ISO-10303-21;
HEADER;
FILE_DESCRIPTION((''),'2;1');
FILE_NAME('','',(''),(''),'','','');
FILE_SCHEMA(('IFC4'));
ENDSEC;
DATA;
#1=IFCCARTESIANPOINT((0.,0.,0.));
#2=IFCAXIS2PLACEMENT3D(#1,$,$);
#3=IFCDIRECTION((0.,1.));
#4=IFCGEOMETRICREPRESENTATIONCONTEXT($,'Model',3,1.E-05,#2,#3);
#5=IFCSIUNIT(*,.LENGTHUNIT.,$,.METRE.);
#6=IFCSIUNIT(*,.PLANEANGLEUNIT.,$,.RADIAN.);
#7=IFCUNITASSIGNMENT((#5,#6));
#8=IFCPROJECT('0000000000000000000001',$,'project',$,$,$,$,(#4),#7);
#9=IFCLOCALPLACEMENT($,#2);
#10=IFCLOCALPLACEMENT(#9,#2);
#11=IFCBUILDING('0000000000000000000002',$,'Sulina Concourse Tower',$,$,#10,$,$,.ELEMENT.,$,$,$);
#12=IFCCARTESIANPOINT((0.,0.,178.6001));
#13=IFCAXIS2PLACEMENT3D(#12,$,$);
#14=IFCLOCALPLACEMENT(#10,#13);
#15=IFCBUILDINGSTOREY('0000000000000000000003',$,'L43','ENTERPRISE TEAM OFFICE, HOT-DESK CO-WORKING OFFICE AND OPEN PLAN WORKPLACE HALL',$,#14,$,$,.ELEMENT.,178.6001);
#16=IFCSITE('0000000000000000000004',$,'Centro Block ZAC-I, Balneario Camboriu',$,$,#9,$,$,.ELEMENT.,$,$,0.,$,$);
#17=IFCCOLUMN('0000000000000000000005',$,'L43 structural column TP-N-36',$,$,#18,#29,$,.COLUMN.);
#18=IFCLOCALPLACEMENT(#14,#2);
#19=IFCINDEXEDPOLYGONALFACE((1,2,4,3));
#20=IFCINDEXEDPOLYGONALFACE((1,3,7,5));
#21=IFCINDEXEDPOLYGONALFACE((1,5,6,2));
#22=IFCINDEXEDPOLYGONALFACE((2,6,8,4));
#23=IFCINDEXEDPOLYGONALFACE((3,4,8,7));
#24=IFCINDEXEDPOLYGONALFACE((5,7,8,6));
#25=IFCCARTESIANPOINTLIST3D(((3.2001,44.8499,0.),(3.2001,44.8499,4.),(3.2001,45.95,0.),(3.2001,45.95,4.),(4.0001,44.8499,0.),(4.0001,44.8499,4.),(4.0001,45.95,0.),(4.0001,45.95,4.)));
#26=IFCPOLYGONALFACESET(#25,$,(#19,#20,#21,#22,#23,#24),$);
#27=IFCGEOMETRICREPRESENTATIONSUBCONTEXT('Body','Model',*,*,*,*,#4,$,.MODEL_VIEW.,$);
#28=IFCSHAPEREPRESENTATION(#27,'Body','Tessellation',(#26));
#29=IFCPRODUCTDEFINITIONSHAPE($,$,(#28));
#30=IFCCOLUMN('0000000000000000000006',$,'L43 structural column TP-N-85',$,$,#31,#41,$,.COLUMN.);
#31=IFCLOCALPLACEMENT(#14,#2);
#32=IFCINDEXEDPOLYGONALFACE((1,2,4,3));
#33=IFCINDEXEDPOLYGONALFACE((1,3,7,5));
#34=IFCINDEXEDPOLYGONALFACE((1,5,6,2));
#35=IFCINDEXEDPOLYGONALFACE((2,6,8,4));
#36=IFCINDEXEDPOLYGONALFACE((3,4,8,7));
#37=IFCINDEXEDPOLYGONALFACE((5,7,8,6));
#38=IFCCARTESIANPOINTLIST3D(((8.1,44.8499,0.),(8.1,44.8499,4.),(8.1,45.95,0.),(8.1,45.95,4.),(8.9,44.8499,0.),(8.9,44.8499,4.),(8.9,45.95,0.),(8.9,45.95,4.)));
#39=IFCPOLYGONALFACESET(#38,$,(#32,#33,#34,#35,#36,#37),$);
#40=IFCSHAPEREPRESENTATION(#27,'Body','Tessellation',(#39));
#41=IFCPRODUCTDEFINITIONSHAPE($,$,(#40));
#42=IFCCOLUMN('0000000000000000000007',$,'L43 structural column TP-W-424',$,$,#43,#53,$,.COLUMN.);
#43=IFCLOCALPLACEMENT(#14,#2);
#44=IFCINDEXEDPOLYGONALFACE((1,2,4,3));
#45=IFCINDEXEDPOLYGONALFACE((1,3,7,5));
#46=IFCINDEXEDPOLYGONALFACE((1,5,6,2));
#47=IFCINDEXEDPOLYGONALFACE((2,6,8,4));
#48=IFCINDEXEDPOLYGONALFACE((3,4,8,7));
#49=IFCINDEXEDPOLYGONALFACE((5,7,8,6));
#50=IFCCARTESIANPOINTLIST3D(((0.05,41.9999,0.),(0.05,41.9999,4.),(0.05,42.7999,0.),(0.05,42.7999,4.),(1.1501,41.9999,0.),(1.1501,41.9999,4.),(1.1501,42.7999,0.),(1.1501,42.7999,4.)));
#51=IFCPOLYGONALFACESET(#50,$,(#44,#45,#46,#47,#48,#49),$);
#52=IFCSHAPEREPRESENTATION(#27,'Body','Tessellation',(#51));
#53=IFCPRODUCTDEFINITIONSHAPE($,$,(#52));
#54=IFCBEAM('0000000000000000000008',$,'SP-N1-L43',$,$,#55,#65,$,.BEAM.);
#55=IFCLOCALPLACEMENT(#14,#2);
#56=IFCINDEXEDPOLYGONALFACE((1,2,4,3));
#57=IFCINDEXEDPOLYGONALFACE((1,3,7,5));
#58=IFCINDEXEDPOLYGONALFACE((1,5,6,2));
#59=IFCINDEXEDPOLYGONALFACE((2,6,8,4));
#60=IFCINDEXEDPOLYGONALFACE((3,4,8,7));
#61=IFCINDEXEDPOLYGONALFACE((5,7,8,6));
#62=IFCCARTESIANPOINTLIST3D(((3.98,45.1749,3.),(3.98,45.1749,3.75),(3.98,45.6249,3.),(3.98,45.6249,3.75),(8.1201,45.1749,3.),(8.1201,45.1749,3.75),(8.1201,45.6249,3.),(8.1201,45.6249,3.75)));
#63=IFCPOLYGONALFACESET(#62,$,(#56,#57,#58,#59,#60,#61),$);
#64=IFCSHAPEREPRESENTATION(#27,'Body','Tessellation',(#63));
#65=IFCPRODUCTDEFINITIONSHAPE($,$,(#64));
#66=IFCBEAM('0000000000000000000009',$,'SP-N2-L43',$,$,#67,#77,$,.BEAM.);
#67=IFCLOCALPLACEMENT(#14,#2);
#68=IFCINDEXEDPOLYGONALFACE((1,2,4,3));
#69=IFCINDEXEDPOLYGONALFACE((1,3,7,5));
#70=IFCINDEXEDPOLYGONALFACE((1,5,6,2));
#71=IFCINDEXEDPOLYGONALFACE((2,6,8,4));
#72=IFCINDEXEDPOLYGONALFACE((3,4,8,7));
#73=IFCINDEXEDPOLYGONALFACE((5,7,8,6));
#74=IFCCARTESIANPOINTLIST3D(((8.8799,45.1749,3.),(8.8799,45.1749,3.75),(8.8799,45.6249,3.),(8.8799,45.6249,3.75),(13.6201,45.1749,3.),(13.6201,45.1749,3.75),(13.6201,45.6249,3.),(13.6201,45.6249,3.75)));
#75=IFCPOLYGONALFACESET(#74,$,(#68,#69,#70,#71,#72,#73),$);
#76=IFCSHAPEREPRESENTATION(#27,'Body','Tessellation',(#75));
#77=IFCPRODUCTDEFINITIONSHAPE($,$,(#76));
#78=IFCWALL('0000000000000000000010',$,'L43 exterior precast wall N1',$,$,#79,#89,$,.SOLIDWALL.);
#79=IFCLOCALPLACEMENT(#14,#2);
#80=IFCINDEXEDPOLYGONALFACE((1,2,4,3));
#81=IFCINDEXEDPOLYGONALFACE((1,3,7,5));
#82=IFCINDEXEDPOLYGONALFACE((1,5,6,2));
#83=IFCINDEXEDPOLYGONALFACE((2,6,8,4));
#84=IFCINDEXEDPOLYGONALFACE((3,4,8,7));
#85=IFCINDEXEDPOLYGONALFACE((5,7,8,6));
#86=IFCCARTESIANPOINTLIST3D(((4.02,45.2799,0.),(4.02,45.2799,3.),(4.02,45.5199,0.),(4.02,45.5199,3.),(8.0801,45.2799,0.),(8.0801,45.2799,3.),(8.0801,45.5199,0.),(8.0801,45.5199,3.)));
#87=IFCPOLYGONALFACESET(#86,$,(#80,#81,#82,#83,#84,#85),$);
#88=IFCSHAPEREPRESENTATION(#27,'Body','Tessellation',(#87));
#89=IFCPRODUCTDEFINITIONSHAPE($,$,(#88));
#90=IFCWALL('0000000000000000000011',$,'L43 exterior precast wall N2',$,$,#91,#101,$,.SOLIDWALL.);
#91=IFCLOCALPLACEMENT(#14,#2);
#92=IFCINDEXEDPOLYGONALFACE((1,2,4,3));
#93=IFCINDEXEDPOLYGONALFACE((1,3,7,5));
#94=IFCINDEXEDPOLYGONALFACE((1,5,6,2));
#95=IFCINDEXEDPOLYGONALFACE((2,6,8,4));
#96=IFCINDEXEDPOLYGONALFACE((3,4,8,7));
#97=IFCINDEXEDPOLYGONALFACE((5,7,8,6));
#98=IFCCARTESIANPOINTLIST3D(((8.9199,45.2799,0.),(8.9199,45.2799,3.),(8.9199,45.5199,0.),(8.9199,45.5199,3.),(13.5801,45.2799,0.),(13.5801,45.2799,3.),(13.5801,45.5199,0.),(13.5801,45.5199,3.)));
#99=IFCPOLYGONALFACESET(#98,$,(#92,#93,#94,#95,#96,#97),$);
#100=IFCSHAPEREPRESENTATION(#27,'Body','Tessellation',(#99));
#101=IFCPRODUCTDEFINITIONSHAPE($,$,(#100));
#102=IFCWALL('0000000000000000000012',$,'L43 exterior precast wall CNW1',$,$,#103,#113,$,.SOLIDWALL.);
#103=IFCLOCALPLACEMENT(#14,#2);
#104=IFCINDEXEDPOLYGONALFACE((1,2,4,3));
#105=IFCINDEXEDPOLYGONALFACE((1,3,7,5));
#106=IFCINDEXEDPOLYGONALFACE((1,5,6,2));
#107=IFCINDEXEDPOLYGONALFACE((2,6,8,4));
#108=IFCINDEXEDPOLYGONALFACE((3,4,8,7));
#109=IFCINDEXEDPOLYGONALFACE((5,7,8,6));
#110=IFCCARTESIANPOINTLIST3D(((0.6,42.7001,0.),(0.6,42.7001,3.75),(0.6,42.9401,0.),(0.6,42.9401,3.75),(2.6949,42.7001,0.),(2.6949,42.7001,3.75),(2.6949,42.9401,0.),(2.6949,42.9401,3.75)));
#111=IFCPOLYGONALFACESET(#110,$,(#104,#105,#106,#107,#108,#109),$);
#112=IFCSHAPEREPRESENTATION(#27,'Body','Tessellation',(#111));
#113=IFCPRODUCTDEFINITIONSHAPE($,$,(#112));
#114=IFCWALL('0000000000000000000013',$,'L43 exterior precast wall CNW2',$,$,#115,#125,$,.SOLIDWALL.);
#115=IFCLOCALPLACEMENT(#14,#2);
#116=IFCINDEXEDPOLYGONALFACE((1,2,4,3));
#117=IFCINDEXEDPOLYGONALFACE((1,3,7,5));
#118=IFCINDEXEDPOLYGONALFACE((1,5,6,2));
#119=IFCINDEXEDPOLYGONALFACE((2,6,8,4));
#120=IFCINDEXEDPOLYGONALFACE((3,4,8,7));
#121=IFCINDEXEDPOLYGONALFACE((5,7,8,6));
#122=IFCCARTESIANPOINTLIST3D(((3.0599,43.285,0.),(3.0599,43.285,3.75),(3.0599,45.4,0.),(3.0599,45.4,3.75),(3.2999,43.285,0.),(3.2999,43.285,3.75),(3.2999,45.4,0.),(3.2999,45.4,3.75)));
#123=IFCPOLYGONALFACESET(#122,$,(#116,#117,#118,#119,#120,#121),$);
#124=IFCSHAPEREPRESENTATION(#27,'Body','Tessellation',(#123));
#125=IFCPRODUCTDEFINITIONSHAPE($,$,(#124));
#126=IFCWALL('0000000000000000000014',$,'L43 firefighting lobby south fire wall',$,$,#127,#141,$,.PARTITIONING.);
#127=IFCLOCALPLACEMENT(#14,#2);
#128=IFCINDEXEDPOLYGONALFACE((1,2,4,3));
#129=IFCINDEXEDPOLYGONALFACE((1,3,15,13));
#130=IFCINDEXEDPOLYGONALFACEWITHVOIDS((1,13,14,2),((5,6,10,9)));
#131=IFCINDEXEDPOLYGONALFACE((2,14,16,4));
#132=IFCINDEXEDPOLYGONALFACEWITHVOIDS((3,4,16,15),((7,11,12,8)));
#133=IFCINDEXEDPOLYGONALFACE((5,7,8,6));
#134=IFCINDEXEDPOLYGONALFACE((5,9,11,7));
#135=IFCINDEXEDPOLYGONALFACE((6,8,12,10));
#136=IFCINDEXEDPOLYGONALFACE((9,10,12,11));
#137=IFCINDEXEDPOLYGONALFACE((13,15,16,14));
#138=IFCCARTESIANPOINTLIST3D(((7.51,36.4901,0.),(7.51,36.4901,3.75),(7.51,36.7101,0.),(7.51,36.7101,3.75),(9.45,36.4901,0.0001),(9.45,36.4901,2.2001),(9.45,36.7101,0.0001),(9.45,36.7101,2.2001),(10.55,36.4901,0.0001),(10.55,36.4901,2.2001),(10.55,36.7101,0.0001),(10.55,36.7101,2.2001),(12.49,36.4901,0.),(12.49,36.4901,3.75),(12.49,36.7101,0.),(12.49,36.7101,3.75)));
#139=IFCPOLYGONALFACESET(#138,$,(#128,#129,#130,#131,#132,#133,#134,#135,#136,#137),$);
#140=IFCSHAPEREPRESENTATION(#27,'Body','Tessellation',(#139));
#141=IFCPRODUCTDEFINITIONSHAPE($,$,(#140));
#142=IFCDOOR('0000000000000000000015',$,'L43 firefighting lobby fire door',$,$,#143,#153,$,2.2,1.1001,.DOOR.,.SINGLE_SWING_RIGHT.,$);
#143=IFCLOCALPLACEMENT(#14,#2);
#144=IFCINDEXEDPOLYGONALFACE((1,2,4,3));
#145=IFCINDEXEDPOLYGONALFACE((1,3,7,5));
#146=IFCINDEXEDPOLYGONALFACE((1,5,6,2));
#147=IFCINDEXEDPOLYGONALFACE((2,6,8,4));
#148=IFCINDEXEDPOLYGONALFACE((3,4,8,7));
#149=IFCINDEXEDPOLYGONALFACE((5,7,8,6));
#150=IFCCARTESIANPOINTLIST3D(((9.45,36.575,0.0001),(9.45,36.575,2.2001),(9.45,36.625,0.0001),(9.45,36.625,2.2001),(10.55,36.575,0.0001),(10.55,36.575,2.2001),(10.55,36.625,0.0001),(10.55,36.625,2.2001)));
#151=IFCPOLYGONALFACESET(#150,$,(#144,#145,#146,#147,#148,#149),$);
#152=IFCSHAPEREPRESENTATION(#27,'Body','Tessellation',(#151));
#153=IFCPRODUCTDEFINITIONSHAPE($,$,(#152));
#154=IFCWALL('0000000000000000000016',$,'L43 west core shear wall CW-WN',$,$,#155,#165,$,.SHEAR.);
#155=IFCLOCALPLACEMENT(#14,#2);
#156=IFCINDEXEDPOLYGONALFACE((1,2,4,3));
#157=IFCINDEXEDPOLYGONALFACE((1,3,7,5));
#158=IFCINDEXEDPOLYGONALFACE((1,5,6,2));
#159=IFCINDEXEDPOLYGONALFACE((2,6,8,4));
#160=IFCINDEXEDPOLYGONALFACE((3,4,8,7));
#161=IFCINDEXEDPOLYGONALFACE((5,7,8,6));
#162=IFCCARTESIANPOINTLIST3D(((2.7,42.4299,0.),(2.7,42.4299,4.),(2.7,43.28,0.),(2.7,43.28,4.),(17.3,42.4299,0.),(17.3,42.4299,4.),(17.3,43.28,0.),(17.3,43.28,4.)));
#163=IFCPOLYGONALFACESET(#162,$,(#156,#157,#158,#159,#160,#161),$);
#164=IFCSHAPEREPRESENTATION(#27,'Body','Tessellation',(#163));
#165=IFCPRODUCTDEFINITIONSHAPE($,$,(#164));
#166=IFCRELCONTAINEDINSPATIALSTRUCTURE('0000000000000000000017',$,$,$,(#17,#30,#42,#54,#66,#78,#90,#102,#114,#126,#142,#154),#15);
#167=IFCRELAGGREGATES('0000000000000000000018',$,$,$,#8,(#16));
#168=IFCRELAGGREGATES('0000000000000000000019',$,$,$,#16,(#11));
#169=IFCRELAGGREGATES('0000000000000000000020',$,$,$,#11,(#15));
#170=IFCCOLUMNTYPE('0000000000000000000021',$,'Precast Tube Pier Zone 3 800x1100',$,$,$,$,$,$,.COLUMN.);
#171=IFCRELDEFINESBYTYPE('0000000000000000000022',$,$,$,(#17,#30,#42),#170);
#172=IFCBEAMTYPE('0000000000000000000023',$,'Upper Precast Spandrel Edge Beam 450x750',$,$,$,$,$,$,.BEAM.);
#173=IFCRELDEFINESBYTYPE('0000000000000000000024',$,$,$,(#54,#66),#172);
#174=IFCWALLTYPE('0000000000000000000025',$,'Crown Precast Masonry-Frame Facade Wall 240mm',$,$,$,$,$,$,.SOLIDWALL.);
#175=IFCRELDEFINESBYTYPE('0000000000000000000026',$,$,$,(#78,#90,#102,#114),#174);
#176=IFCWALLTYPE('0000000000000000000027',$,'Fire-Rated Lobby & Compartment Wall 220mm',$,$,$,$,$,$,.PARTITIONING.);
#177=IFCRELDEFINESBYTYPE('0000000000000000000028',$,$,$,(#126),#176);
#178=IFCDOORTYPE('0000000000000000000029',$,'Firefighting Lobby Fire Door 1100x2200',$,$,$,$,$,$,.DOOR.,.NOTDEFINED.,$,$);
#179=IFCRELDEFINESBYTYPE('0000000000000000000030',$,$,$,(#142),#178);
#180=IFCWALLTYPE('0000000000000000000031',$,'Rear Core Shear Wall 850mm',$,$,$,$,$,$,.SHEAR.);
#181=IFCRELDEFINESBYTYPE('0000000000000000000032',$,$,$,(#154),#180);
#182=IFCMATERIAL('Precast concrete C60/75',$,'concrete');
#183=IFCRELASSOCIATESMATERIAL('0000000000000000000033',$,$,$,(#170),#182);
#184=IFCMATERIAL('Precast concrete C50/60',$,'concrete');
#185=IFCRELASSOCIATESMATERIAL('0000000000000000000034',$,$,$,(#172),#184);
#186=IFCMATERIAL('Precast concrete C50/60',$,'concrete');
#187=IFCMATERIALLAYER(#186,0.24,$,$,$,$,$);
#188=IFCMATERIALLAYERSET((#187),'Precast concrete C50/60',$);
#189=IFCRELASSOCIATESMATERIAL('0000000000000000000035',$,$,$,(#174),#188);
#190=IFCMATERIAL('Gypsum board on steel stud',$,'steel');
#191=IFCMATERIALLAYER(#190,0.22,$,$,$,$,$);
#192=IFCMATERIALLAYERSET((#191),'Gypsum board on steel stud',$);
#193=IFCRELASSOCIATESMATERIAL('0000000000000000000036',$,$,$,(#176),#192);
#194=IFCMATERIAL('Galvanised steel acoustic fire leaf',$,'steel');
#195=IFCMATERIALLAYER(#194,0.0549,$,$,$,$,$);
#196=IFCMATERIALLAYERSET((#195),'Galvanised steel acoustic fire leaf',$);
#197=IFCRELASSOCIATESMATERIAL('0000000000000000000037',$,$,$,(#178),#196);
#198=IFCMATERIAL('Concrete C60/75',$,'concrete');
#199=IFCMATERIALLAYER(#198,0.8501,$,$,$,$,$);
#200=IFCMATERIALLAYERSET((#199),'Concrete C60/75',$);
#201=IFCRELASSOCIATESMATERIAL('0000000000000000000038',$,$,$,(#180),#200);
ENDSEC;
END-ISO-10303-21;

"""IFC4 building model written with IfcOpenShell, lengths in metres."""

from ifc_helpers import new_model, si_unit, direction, frame, frame_2d, origin, origin_2d, place, context, subcontext, project, spatial, rectangle, extrude, material, layer, layer_set, material_profile, profile_set, type_object, element, fill, save


model = new_model("IFC4")

# Units and contexts
model_context = context("Model", 3, precision=1e-05, world=origin(), true_north=direction((0.0, 1.0)))
body_context = subcontext(model_context, "Body", "Model", "MODEL_VIEW")
ifc_project = project(units=[si_unit("LENGTHUNIT", "METRE"), si_unit("PLANEANGLEUNIT", "RADIAN")], contexts=[model_context])

# Site, building, storey
site_placement = place(None, origin())
site = spatial("IfcSite", under=ifc_project, at=site_placement, Name="Centro Block ZAC-I, Balneario Camboriu", CompositionType="ELEMENT", RefElevation=0.0)
building_placement = place(site_placement, origin())
building = spatial("IfcBuilding", under=site, at=building_placement, Name="Sulina Concourse Tower", CompositionType="ELEMENT")
storey_placement = place(building_placement, frame((0.0, 0.0, 178.6001)))
storey = spatial("IfcBuildingStorey", under=building, at=storey_placement, Name="L43", Description="ENTERPRISE TEAM OFFICE, HOT-DESK CO-WORKING OFFICE AND OPEN PLAN WORKPLACE HALL", CompositionType="ELEMENT", Elevation=178.6001)

# Columns
ifc_material_1 = material(Name="Precast concrete C60/75", Category="concrete")
ifc_material_profile_1 = material_profile(ifc_material_1, rectangle(XDim=0.8, YDim=1.1001, at=origin_2d()), Name="PC 800x1100")
ifc_profile_set_1 = profile_set([ifc_material_profile_1], Name="Precast concrete C60/75")
column_type = type_object("IfcColumnType", Name="Precast Tube Pier Zone 3 800x1100", PredefinedType="COLUMN", material=ifc_profile_set_1)
for number, where, z_axis, x_axis, name in (
    (1, (3.6001, 45.3999, 0.0), (0.0, 0.0, 1.0), (1.0, 0.0, 0.0), "L43 structural column TP-N-36"),
    (2, (8.5, 45.3999, 0.0), (0.0, 0.0, 1.0), (1.0, 0.0, 0.0), "L43 structural column TP-N-85"),
    (3, (0.6001, 42.3999, 0.0), (0.0, 0.0, 1.0), (0.0, 1.0, 0.0), "L43 structural column TP-W-424"),
):
    element("IfcColumn", number, at=place(storey_placement, frame(where, z_axis=z_axis, x_axis=x_axis)), inside=storey, type_object=column_type, Name=name, PredefinedType="COLUMN", context=body_context, shape_type="SweptSolid", body=[
        extrude(rectangle(XDim=0.8, YDim=1.1001, at=origin_2d()), origin(), (0.0, 0.0, 1.0), 4.0),
    ])

# Beams
ifc_material_2 = material(Name="Precast concrete C50/60", Category="concrete")
ifc_material_profile_2 = material_profile(ifc_material_2, rectangle(XDim=0.45, YDim=0.75, at=origin_2d()), Name="RC 450x750")
ifc_profile_set_2 = profile_set([ifc_material_profile_2], Name="Precast concrete C50/60")
beam_type = type_object("IfcBeamType", Name="Upper Precast Spandrel Edge Beam 450x750", PredefinedType="BEAM", material=ifc_profile_set_2)
beam_1_placement = place(storey_placement, frame((3.98, 45.3999, 3.375), z_axis=(1.0, 0.0, 0.0), x_axis=(0.0, 1.0, 0.0)))
element("IfcBeam", 4, at=beam_1_placement, inside=storey, type_object=beam_type, Name="SP-N1-L43", PredefinedType="BEAM", context=body_context, shape_type="SweptSolid", body=[
    extrude(rectangle(XDim=0.45, YDim=0.75, at=origin_2d()), origin(), (0.0, 0.0, 1.0), 4.1401),
])
beam_2_placement = place(storey_placement, frame((8.8799, 45.3999, 3.375), z_axis=(1.0, 0.0, 0.0), x_axis=(0.0, 1.0, 0.0)))
element("IfcBeam", 5, at=beam_2_placement, inside=storey, type_object=beam_type, Name="SP-N2-L43", PredefinedType="BEAM", context=body_context, shape_type="SweptSolid", body=[
    extrude(rectangle(XDim=0.45, YDim=0.75, at=origin_2d()), origin(), (0.0, 0.0, 1.0), 4.7402),
])

# Walls
ifc_material_3 = material(Name="Precast concrete C50/60", Category="concrete")
ifc_layer_1 = layer(ifc_material_3, 0.24)
ifc_layer_set_1 = layer_set([ifc_layer_1], Name="Precast concrete C50/60")
wall_type_1 = type_object("IfcWallType", Name="Crown Precast Masonry-Frame Facade Wall 240mm", PredefinedType="SOLIDWALL", material=ifc_layer_set_1)
wall_1_placement = place(storey_placement, frame((4.02, 45.3999, 0.0), z_axis=(0.0, 0.0, 1.0), x_axis=(1.0, 0.0, 0.0)))
element("IfcWall", 6, at=wall_1_placement, inside=storey, type_object=wall_type_1, Name="L43 exterior precast wall N1", PredefinedType="SOLIDWALL", context=body_context, shape_type="SweptSolid", body=[
    extrude(rectangle(XDim=4.0601, YDim=0.24, at=frame_2d((2.03, 0.0))), origin(), (0.0, 0.0, 1.0), 3.0),
])
wall_2_placement = place(storey_placement, frame((8.9199, 45.3999, 0.0), z_axis=(0.0, 0.0, 1.0), x_axis=(1.0, 0.0, 0.0)))
element("IfcWall", 7, at=wall_2_placement, inside=storey, type_object=wall_type_1, Name="L43 exterior precast wall N2", PredefinedType="SOLIDWALL", context=body_context, shape_type="SweptSolid", body=[
    extrude(rectangle(XDim=4.6602, YDim=0.24, at=frame_2d((2.3301, 0.0))), origin(), (0.0, 0.0, 1.0), 3.0),
])
wall_3_placement = place(storey_placement, frame((0.6001, 42.8201, 0.0), z_axis=(0.0, 0.0, 1.0), x_axis=(1.0, 0.0, 0.0)))
element("IfcWall", 8, at=wall_3_placement, inside=storey, type_object=wall_type_1, Name="L43 exterior precast wall CNW1", PredefinedType="SOLIDWALL", context=body_context, shape_type="SweptSolid", body=[
    extrude(rectangle(XDim=2.095, YDim=0.24, at=frame_2d((1.0474, 0.0))), origin(), (0.0, 0.0, 1.0), 3.75),
])
wall_4_placement = place(storey_placement, frame((3.1799, 43.2849, 0.0), z_axis=(0.0, 0.0, 1.0), x_axis=(0.0, 1.0, 0.0)))
element("IfcWall", 9, at=wall_4_placement, inside=storey, type_object=wall_type_1, Name="L43 exterior precast wall CNW2", PredefinedType="SOLIDWALL", context=body_context, shape_type="SweptSolid", body=[
    extrude(rectangle(XDim=2.115, YDim=0.24, at=frame_2d((1.0576, 0.0))), origin(), (0.0, 0.0, 1.0), 3.75),
])

# Wall, opening, door
ifc_material_4 = material(Name="Gypsum board on steel stud", Category="steel")
ifc_layer_2 = layer(ifc_material_4, 0.22)
ifc_layer_set_2 = layer_set([ifc_layer_2], Name="Gypsum board on steel stud")
wall_type_2 = type_object("IfcWallType", Name="Fire-Rated Lobby & Compartment Wall 220mm", PredefinedType="PARTITIONING", material=ifc_layer_set_2)
wall_5_placement = place(storey_placement, frame((7.51, 36.6001, 0.0), z_axis=(0.0, 0.0, 1.0), x_axis=(1.0, 0.0, 0.0)))
wall_5 = element("IfcWall", 10, at=wall_5_placement, inside=storey, type_object=wall_type_2, Name="L43 firefighting lobby south fire wall", PredefinedType="PARTITIONING", context=body_context, shape_type="SweptSolid", body=[
    extrude(rectangle(XDim=4.98, YDim=0.22, at=frame_2d((2.49, 0.0))), origin(), (0.0, 0.0, 1.0), 3.75),
])
opening_placement = place(wall_5_placement, frame((1.9399, 0.0, 0.0)))
opening = element("IfcOpeningElement", 11, at=opening_placement, cuts=wall_5, PredefinedType="OPENING", context=body_context, shape_type="SweptSolid", body=[
    extrude(rectangle(XDim=1.1001, YDim=2.2, at=frame_2d((0.55, 1.1001))), frame((0.0, 0.1199, 0.0), z_axis=(0.0, -1.0, 0.0), x_axis=(1.0, 0.0, 0.0)), (0.0, 0.0, 1.0), 0.24),
])
ifc_material_5 = material(Name="Galvanised steel acoustic fire leaf", Category="steel")
ifc_layer_3 = layer(ifc_material_5, 0.0549)
ifc_layer_set_3 = layer_set([ifc_layer_3], Name="Galvanised steel acoustic fire leaf")
door_type = type_object("IfcDoorType", Name="Firefighting Lobby Fire Door 1100x2200", OperationType="NOTDEFINED", PredefinedType="DOOR", material=ifc_layer_set_3)
door_placement = place(opening_placement, origin())
door = element("IfcDoor", 12, at=door_placement, inside=storey, type_object=door_type, Name="L43 firefighting lobby fire door", OperationType="SINGLE_SWING_RIGHT", OverallHeight=2.2, OverallWidth=1.1001, PredefinedType="DOOR", context=body_context, shape_type="SweptSolid", body=[
    extrude(rectangle(XDim=1.1001, YDim=2.2, at=frame_2d((0.55, 1.1001))), frame((0.0, 0.0249, 0.0), z_axis=(0.0, -1.0, 0.0), x_axis=(1.0, 0.0, 0.0)), (0.0, 0.0, 1.0), 0.05),
])
fill(opening, door)

# Wall
ifc_material_6 = material(Name="Concrete C60/75", Category="concrete")
ifc_layer_4 = layer(ifc_material_6, 0.8501)
ifc_layer_set_4 = layer_set([ifc_layer_4], Name="Concrete C60/75")
wall_type_3 = type_object("IfcWallType", Name="Rear Core Shear Wall 850mm", PredefinedType="SHEAR", material=ifc_layer_set_4)
wall_6_placement = place(storey_placement, frame((2.7, 42.855, 0.0), z_axis=(0.0, 0.0, 1.0), x_axis=(1.0, 0.0, 0.0)))
element("IfcWall", 13, at=wall_6_placement, inside=storey, type_object=wall_type_3, Name="L43 west core shear wall CW-WN", PredefinedType="SHEAR", context=body_context, shape_type="SweptSolid", body=[
    extrude(rectangle(XDim=14.6001, YDim=0.8501, at=frame_2d((7.3, 0.0))), origin(), (0.0, 0.0, 1.0), 4.0),
])

save(model, "model.ifc")
